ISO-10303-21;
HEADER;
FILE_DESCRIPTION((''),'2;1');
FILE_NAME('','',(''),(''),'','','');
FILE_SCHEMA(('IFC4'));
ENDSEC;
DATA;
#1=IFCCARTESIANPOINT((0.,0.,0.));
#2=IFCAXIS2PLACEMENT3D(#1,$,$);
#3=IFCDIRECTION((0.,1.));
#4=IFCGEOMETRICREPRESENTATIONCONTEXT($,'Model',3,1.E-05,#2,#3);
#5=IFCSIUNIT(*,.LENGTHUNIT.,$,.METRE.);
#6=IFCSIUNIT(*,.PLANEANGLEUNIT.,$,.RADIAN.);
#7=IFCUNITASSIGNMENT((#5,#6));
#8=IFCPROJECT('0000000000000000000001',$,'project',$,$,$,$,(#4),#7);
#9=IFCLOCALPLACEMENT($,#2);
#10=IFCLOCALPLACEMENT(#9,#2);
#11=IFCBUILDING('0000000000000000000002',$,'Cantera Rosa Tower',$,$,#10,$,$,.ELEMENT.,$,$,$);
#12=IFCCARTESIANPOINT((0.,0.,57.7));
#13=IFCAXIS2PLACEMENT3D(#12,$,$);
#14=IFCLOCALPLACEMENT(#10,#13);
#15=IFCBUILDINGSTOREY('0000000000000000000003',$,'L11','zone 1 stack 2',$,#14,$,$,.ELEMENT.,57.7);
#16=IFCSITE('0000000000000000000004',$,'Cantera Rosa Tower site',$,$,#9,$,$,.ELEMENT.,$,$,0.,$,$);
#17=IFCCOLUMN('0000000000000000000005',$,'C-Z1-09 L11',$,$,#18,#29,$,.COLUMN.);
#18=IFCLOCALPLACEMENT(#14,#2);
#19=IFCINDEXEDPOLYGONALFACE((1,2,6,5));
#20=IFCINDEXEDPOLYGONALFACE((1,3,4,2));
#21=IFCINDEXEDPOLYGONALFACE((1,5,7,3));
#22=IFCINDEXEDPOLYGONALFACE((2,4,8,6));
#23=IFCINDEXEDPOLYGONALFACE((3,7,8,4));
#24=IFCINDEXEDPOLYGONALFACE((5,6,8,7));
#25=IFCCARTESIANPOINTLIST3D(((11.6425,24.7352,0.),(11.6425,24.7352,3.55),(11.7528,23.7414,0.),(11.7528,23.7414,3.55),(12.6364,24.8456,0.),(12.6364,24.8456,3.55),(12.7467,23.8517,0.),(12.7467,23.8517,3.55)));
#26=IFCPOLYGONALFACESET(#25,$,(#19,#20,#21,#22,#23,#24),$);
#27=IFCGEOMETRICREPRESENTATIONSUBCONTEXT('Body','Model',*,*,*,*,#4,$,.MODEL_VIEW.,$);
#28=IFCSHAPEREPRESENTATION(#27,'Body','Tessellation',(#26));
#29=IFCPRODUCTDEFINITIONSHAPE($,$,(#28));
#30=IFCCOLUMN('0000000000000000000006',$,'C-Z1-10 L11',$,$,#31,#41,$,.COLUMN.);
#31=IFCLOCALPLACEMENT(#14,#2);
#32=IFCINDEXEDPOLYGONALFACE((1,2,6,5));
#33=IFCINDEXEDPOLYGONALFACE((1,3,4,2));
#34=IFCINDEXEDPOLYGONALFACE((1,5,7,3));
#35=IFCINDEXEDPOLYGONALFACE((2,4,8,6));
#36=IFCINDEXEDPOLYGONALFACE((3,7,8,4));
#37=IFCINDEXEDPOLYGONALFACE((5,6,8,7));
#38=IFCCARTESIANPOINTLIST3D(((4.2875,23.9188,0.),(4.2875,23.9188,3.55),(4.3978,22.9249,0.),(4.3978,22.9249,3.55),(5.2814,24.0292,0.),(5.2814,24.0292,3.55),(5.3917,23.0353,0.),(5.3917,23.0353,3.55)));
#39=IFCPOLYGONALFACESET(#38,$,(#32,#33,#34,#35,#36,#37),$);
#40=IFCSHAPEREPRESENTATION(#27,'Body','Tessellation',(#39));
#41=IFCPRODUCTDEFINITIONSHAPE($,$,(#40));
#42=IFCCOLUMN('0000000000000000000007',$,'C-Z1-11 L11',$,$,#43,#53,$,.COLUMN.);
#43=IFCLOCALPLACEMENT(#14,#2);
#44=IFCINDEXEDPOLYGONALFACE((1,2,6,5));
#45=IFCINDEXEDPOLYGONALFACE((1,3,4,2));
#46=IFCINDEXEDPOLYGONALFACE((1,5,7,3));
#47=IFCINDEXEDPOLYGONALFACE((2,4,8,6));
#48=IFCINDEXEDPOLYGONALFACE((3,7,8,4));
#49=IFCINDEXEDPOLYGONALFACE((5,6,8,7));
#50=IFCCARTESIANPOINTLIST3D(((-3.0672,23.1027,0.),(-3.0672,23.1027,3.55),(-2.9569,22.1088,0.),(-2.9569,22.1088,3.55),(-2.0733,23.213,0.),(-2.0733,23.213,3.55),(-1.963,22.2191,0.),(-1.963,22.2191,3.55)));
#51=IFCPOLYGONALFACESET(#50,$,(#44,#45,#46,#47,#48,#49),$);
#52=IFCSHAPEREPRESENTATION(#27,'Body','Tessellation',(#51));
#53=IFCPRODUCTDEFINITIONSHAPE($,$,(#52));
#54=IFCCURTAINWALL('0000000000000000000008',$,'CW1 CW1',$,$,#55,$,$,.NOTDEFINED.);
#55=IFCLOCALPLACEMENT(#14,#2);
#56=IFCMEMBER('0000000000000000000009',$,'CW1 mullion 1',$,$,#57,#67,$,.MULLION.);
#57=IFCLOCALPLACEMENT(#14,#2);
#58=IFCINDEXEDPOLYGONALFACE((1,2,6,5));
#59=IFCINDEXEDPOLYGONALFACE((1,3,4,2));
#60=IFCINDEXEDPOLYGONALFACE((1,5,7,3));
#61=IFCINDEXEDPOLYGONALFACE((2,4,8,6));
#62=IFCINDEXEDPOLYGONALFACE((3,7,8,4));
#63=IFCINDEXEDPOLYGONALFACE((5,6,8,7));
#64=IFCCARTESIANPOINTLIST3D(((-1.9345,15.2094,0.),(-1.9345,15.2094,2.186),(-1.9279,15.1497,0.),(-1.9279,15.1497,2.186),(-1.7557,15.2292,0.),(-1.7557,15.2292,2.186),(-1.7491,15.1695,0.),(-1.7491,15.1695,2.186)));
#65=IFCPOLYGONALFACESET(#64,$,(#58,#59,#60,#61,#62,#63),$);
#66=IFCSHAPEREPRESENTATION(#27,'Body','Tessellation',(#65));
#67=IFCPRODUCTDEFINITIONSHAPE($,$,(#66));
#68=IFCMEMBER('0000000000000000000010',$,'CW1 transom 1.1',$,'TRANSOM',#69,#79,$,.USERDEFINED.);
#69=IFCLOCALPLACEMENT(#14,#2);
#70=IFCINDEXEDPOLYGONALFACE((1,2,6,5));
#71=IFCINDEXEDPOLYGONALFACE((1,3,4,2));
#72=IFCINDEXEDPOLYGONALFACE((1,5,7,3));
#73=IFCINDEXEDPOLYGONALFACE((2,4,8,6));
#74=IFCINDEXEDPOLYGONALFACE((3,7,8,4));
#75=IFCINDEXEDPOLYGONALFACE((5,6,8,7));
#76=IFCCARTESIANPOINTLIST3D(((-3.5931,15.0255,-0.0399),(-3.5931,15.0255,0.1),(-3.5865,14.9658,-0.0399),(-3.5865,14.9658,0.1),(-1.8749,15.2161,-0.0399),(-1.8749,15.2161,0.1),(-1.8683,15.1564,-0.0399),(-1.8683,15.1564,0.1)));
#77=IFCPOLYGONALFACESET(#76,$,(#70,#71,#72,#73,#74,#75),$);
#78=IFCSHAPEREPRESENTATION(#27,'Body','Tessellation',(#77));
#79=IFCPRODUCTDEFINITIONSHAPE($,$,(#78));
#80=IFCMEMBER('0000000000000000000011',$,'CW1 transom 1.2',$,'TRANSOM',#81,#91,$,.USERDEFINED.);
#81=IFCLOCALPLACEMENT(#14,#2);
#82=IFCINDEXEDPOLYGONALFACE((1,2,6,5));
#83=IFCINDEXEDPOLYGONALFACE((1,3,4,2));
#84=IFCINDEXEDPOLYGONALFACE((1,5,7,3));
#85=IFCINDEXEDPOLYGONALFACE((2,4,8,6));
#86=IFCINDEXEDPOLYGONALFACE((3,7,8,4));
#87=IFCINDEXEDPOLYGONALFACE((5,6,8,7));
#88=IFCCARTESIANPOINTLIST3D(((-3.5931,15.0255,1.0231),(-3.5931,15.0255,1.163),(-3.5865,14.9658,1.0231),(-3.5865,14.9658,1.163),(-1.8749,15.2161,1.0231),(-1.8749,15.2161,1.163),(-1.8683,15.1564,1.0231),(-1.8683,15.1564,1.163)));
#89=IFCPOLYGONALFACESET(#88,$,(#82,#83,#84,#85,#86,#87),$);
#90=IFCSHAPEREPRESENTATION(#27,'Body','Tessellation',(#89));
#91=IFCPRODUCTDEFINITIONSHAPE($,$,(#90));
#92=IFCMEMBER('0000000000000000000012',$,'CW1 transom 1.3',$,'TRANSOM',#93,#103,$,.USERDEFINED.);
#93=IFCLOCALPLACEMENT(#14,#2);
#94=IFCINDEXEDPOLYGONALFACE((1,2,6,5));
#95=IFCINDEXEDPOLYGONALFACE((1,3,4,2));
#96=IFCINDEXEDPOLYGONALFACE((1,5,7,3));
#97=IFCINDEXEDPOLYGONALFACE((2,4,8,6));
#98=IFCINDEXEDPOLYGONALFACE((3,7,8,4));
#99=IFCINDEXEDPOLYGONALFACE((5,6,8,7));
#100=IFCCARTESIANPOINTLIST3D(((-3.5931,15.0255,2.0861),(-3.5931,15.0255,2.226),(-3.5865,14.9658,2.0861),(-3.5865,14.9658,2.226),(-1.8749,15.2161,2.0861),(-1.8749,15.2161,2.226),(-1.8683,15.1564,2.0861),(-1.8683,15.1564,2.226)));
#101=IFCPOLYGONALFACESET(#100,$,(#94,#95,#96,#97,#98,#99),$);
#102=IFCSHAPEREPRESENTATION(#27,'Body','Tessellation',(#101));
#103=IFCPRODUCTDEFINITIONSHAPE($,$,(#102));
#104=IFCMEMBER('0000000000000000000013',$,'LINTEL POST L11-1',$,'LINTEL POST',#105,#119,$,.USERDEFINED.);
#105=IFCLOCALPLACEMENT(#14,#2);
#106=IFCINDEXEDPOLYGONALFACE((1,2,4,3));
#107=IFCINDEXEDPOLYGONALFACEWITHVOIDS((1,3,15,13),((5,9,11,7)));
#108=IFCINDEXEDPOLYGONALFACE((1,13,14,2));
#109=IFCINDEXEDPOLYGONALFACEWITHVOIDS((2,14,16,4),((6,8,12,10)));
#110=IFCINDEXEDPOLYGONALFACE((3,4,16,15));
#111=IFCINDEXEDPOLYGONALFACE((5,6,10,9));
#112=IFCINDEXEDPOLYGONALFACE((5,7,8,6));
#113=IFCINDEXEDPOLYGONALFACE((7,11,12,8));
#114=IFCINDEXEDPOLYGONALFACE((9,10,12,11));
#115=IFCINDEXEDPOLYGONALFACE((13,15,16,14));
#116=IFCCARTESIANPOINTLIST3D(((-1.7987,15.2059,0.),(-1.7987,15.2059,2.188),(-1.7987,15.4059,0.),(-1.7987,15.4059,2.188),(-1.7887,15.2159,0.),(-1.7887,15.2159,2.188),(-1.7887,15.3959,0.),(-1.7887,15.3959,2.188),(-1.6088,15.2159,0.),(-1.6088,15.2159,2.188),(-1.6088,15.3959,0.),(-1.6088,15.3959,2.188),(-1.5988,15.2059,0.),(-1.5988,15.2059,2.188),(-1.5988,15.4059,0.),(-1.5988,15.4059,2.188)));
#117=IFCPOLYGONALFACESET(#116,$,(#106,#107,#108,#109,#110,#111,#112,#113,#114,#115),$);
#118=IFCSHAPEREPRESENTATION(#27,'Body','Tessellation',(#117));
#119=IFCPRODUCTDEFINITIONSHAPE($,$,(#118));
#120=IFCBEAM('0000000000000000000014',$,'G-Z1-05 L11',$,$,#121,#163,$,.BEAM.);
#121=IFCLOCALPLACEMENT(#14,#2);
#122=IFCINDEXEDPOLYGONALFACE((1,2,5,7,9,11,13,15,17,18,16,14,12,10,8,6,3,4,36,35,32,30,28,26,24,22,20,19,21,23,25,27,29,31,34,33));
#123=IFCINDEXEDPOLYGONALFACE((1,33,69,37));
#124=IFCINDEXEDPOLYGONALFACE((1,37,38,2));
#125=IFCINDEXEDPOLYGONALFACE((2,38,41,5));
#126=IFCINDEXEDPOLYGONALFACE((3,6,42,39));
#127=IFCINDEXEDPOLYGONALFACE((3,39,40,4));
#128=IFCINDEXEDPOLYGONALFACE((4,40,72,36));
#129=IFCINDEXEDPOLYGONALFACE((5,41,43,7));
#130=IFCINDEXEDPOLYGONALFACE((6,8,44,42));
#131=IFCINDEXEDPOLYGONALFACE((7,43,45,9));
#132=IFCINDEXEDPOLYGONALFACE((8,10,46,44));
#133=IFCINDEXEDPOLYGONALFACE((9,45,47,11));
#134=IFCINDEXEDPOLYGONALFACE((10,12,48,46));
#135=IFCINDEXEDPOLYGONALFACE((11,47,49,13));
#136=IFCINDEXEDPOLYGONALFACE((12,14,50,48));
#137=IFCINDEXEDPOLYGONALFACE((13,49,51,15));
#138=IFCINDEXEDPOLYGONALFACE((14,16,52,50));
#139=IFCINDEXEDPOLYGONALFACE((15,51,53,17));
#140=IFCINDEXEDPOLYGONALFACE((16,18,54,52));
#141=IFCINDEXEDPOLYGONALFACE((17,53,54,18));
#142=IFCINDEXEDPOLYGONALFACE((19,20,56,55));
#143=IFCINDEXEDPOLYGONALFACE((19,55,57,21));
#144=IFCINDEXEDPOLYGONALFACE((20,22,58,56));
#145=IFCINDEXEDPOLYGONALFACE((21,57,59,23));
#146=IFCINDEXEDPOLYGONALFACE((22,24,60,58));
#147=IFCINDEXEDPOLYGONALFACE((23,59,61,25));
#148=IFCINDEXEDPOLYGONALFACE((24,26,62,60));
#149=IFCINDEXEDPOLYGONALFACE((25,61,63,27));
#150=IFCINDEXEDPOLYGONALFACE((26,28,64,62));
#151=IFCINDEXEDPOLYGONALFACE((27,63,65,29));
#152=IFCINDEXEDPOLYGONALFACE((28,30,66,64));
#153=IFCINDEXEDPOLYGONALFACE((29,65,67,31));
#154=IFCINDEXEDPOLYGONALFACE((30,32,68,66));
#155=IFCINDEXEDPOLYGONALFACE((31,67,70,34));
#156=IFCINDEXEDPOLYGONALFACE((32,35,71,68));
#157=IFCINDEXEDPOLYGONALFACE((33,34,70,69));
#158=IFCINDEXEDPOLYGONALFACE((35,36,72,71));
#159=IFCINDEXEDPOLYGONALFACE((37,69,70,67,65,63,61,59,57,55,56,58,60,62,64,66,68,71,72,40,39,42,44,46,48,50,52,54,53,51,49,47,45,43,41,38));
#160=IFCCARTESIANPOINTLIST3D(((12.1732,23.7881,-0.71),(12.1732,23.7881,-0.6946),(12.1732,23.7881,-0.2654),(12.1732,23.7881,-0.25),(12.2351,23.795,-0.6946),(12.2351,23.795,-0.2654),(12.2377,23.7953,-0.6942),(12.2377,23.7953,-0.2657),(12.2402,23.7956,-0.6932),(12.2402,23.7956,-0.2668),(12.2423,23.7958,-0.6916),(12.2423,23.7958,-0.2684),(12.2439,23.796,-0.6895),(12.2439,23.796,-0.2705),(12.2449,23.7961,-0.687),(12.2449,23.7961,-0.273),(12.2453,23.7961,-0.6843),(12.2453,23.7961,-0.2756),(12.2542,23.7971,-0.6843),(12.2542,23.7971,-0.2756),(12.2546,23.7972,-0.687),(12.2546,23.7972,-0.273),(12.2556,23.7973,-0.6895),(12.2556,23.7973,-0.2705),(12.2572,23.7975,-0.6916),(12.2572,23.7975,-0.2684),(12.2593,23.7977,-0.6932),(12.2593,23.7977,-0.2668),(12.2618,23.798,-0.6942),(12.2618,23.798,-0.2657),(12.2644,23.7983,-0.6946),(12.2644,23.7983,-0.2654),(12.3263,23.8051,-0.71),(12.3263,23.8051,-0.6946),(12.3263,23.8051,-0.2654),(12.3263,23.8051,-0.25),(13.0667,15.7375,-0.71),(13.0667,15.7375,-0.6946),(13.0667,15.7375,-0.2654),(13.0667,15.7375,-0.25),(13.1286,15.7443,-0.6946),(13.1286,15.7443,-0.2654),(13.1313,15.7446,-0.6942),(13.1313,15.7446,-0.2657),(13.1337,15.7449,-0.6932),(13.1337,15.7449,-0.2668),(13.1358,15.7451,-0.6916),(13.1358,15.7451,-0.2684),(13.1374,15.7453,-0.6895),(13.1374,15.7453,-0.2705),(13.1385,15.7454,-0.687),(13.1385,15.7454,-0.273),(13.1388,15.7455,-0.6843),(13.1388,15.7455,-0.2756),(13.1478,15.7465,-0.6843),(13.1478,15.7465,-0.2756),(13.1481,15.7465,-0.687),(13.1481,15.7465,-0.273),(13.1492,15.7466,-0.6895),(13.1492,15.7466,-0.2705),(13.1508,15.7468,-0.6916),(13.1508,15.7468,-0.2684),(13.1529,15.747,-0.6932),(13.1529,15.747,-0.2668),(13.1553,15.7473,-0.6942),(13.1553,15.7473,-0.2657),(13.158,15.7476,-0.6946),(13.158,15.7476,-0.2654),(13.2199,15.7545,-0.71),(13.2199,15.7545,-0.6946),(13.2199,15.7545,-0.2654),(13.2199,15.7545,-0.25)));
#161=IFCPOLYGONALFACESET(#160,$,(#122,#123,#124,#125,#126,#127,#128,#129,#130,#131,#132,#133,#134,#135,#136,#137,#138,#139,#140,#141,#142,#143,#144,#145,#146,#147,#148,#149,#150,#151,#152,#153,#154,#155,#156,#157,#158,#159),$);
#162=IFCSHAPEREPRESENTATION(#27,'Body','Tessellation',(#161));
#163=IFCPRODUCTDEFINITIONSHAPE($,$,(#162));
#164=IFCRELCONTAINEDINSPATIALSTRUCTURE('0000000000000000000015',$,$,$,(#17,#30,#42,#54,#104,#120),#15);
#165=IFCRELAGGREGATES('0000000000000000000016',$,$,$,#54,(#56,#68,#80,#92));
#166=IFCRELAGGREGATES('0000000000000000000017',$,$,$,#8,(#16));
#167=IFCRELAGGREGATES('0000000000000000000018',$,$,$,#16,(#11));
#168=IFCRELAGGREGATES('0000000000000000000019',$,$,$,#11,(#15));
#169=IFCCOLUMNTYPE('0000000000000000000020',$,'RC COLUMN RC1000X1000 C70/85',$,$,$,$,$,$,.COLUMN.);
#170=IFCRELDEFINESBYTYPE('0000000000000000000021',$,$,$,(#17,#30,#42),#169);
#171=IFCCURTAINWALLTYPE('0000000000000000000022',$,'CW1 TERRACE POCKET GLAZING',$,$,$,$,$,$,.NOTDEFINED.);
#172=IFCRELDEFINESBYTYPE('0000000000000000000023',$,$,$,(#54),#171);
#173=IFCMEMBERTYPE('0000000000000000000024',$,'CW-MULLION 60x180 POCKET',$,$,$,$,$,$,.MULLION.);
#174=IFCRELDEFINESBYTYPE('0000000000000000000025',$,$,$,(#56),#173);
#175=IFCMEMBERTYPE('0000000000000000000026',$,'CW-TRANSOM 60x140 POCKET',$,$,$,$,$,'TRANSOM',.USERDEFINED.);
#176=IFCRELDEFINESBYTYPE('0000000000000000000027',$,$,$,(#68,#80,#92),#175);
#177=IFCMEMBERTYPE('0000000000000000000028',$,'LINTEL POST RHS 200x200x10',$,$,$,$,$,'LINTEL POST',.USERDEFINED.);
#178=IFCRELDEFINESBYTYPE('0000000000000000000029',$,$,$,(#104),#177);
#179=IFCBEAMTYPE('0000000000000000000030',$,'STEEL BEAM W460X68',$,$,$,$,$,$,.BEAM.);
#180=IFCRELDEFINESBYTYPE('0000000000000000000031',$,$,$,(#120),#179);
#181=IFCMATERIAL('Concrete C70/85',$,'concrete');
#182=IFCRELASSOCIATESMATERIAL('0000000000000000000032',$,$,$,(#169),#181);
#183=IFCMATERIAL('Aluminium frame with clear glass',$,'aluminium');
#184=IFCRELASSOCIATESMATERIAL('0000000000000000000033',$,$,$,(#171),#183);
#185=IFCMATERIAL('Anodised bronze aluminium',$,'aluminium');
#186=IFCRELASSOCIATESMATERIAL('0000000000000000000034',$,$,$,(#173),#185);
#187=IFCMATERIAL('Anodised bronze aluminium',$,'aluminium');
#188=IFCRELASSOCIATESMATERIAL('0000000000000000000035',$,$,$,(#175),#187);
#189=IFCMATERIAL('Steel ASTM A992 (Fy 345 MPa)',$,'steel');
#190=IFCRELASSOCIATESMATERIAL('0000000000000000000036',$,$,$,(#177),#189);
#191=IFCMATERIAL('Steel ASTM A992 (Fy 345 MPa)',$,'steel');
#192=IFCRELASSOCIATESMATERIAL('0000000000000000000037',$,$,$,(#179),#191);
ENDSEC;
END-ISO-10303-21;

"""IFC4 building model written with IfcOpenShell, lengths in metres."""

from ifc_helpers import new_model, si_unit, direction, frame, origin, origin_2d, place, context, subcontext, project, spatial, rectangle, hollow_rectangle, i_section, extrude, material, material_profile, profile_set, type_object, element, aggregate, save


model = new_model("IFC4")

# Units and contexts
model_context = context("Model", 3, precision=1e-05, world=origin(), true_north=direction((0.0, 1.0)))
body_context = subcontext(model_context, "Body", "Model", "MODEL_VIEW")
ifc_project = project(units=[si_unit("LENGTHUNIT", "METRE"), si_unit("PLANEANGLEUNIT", "RADIAN")], contexts=[model_context])

# Site, building, storey
site_placement = place(None, origin())
site = spatial("IfcSite", under=ifc_project, at=site_placement, Name="Cantera Rosa Tower site", CompositionType="ELEMENT", RefElevation=0.0)
building_placement = place(site_placement, origin())
building = spatial("IfcBuilding", under=site, at=building_placement, Name="Cantera Rosa Tower", CompositionType="ELEMENT")
storey_placement = place(building_placement, frame((0.0, 0.0, 57.7)))
storey = spatial("IfcBuildingStorey", under=building, at=storey_placement, Name="L11", Description="zone 1 stack 2", CompositionType="ELEMENT", Elevation=57.7)

# Columns
ifc_material_1 = material(Name="Concrete C70/85", Category="concrete")
ifc_material_profile_1 = material_profile(ifc_material_1, rectangle(XDim=1.0, YDim=1.0, at=origin_2d()), Name="RC COLUMN RC1000X1000 C70/85")
ifc_profile_set_1 = profile_set([ifc_material_profile_1], Name="Concrete C70/85")
column_type = type_object("IfcColumnType", Name="RC COLUMN RC1000X1000 C70/85", PredefinedType="COLUMN", material=ifc_profile_set_1)
for number, where, z_axis, x_axis, name in (
    (1, (12.1946, 24.2935, 0.0), (0.0, 0.0, 1.0), (0.993897, 0.110313, 0.0), "C-Z1-09 L11"),
    (2, (4.8396, 23.4771, 0.0), (0.0, 0.0, 1.0), (0.993897, 0.110313, 0.0), "C-Z1-10 L11"),
    (3, (-2.5151, 22.6609, 0.0), (0.0, 0.0, 1.0), (0.993897, 0.110313, 0.0), "C-Z1-11 L11"),
):
    element("IfcColumn", number, at=place(storey_placement, frame(where, z_axis=z_axis, x_axis=x_axis)), inside=storey, type_object=column_type, Name=name, PredefinedType="COLUMN", context=body_context, shape_type="SweptSolid", body=[
        extrude(rectangle(XDim=1.0, YDim=1.0, at=origin_2d()), origin(), (0.0, 0.0, 1.0), 3.55),
    ])

# Curtain wall, members
ifc_material_2 = material(Name="Aluminium frame with clear glass", Category="aluminium")
curtain_wall_type = type_object("IfcCurtainWallType", Name="CW1 TERRACE POCKET GLAZING", PredefinedType="NOTDEFINED", material=ifc_material_2)
curtain_wall_placement = place(storey_placement, origin())
curtain_wall = element("IfcCurtainWall", 4, at=curtain_wall_placement, inside=storey, type_object=curtain_wall_type, Name="CW1 CW1", PredefinedType="NOTDEFINED")
ifc_material_3 = material(Name="Anodised bronze aluminium", Category="aluminium")
ifc_material_profile_2 = material_profile(ifc_material_3, rectangle(XDim=0.0601, YDim=0.1799, at=origin_2d()), Name="CW-MULLION 60x180 POCKET")
ifc_profile_set_2 = profile_set([ifc_material_profile_2], Name="Anodised bronze aluminium")
member_type_1 = type_object("IfcMemberType", Name="CW-MULLION 60x180 POCKET", PredefinedType="MULLION", material=ifc_profile_set_2)
member_1_placement = place(storey_placement, frame((-1.8418, 15.1895, 0.0), z_axis=(0.0, 0.0, 1.0), x_axis=(0.110313, -0.993897, 0.0)))
member_1 = element("IfcMember", 5, at=member_1_placement, type_object=member_type_1, Name="CW1 mullion 1", PredefinedType="MULLION", context=body_context, shape_type="SweptSolid", body=[
    extrude(rectangle(XDim=0.0601, YDim=0.1799, at=origin_2d()), origin(), (0.0, 0.0, 1.0), 2.186),
])
ifc_material_4 = material(Name="Anodised bronze aluminium", Category="aluminium")
ifc_material_profile_3 = material_profile(ifc_material_4, rectangle(XDim=0.0601, YDim=0.1399, at=origin_2d()), Name="CW-TRANSOM 60x140 POCKET")
ifc_profile_set_3 = profile_set([ifc_material_profile_3], Name="Anodised bronze aluminium")
member_type_2 = type_object("IfcMemberType", Name="CW-TRANSOM 60x140 POCKET", ElementType="TRANSOM", PredefinedType="USERDEFINED", material=ifc_profile_set_3)
member_2_placement = place(storey_placement, frame((-1.8716, 15.1863, 0.03), z_axis=(-0.993899, -0.110292, 0.0), x_axis=(0.110292, -0.993899, 0.0)))
member_2 = element("IfcMember", 6, at=member_2_placement, type_object=member_type_2, Name="CW1 transom 1.1", ObjectType="TRANSOM", PredefinedType="USERDEFINED", context=body_context, shape_type="SweptSolid", body=[
    extrude(rectangle(XDim=0.0601, YDim=0.1399, at=origin_2d()), origin(), (0.0, 0.0, 1.0), 1.7288),
])
member_3_placement = place(storey_placement, frame((-1.8716, 15.1863, 1.093), z_axis=(-0.993899, -0.110292, 0.0), x_axis=(0.110292, -0.993899, 0.0)))
member_3 = element("IfcMember", 7, at=member_3_placement, type_object=member_type_2, Name="CW1 transom 1.2", ObjectType="TRANSOM", PredefinedType="USERDEFINED", context=body_context, shape_type="SweptSolid", body=[
    extrude(rectangle(XDim=0.0601, YDim=0.1399, at=origin_2d()), origin(), (0.0, 0.0, 1.0), 1.7288),
])
member_4_placement = place(storey_placement, frame((-1.8716, 15.1863, 2.156), z_axis=(-0.993899, -0.110292, 0.0), x_axis=(0.110292, -0.993899, 0.0)))
member_4 = element("IfcMember", 8, at=member_4_placement, type_object=member_type_2, Name="CW1 transom 1.3", ObjectType="TRANSOM", PredefinedType="USERDEFINED", context=body_context, shape_type="SweptSolid", body=[
    extrude(rectangle(XDim=0.0601, YDim=0.1399, at=origin_2d()), origin(), (0.0, 0.0, 1.0), 1.7288),
])
aggregate(curtain_wall, [member_1, member_2, member_3, member_4])

# Member
ifc_material_5 = material(Name="Steel ASTM A992 (Fy 345 MPa)", Category="steel")
ifc_material_profile_4 = material_profile(ifc_material_5, hollow_rectangle(XDim=0.2, YDim=0.2, WallThickness=0.01, at=origin_2d()), Name="LINTEL POST RHS 200x200x10")
ifc_profile_set_4 = profile_set([ifc_material_profile_4], Name="Steel ASTM A992 (Fy 345 MPa)")
member_type_3 = type_object("IfcMemberType", Name="LINTEL POST RHS 200x200x10", ElementType="LINTEL POST", PredefinedType="USERDEFINED", material=ifc_profile_set_4)
member_5_placement = place(storey_placement, frame((-1.6987, 15.3059, 0.0), z_axis=(0.0, 0.0, 1.0), x_axis=(1.0, 0.0, 0.0)))
element("IfcMember", 9, at=member_5_placement, inside=storey, type_object=member_type_3, Name="LINTEL POST L11-1", ObjectType="LINTEL POST", PredefinedType="USERDEFINED", context=body_context, shape_type="SweptSolid", body=[
    extrude(hollow_rectangle(XDim=0.2, YDim=0.2, WallThickness=0.01, at=origin_2d()), origin(), (0.0, 0.0, 1.0), 2.188),
])

# Beam
ifc_material_6 = material(Name="Steel ASTM A992 (Fy 345 MPa)", Category="steel")
ifc_material_profile_5 = material_profile(ifc_material_6, i_section(OverallWidth=0.1541, OverallDepth=0.46, WebThickness=0.009, FlangeThickness=0.0154, FilletRadius=0.0103, at=origin_2d()), Name="W460X68")
ifc_profile_set_5 = profile_set([ifc_material_profile_5], Name="Steel ASTM A992 (Fy 345 MPa)")
beam_type_1 = type_object("IfcBeamType", Name="STEEL BEAM W460X68", PredefinedType="BEAM", material=ifc_profile_set_5)
beam_1_placement = place(storey_placement, frame((12.2498, 23.7966, -0.48), z_axis=(0.110312, -0.993897, 0.0), x_axis=(0.993897, 0.110312, 0.0)))
element("IfcBeam", 10, at=beam_1_placement, inside=storey, type_object=beam_type_1, Name="G-Z1-05 L11", PredefinedType="BEAM", context=body_context, shape_type="SweptSolid", body=[
    extrude(i_section(OverallWidth=0.1541, OverallDepth=0.46, WebThickness=0.009, FlangeThickness=0.0154, FilletRadius=0.0103, at=origin_2d()), origin(), (0.0, 0.0, 1.0), 8.1001),
])

save(model, "model.ifc")
